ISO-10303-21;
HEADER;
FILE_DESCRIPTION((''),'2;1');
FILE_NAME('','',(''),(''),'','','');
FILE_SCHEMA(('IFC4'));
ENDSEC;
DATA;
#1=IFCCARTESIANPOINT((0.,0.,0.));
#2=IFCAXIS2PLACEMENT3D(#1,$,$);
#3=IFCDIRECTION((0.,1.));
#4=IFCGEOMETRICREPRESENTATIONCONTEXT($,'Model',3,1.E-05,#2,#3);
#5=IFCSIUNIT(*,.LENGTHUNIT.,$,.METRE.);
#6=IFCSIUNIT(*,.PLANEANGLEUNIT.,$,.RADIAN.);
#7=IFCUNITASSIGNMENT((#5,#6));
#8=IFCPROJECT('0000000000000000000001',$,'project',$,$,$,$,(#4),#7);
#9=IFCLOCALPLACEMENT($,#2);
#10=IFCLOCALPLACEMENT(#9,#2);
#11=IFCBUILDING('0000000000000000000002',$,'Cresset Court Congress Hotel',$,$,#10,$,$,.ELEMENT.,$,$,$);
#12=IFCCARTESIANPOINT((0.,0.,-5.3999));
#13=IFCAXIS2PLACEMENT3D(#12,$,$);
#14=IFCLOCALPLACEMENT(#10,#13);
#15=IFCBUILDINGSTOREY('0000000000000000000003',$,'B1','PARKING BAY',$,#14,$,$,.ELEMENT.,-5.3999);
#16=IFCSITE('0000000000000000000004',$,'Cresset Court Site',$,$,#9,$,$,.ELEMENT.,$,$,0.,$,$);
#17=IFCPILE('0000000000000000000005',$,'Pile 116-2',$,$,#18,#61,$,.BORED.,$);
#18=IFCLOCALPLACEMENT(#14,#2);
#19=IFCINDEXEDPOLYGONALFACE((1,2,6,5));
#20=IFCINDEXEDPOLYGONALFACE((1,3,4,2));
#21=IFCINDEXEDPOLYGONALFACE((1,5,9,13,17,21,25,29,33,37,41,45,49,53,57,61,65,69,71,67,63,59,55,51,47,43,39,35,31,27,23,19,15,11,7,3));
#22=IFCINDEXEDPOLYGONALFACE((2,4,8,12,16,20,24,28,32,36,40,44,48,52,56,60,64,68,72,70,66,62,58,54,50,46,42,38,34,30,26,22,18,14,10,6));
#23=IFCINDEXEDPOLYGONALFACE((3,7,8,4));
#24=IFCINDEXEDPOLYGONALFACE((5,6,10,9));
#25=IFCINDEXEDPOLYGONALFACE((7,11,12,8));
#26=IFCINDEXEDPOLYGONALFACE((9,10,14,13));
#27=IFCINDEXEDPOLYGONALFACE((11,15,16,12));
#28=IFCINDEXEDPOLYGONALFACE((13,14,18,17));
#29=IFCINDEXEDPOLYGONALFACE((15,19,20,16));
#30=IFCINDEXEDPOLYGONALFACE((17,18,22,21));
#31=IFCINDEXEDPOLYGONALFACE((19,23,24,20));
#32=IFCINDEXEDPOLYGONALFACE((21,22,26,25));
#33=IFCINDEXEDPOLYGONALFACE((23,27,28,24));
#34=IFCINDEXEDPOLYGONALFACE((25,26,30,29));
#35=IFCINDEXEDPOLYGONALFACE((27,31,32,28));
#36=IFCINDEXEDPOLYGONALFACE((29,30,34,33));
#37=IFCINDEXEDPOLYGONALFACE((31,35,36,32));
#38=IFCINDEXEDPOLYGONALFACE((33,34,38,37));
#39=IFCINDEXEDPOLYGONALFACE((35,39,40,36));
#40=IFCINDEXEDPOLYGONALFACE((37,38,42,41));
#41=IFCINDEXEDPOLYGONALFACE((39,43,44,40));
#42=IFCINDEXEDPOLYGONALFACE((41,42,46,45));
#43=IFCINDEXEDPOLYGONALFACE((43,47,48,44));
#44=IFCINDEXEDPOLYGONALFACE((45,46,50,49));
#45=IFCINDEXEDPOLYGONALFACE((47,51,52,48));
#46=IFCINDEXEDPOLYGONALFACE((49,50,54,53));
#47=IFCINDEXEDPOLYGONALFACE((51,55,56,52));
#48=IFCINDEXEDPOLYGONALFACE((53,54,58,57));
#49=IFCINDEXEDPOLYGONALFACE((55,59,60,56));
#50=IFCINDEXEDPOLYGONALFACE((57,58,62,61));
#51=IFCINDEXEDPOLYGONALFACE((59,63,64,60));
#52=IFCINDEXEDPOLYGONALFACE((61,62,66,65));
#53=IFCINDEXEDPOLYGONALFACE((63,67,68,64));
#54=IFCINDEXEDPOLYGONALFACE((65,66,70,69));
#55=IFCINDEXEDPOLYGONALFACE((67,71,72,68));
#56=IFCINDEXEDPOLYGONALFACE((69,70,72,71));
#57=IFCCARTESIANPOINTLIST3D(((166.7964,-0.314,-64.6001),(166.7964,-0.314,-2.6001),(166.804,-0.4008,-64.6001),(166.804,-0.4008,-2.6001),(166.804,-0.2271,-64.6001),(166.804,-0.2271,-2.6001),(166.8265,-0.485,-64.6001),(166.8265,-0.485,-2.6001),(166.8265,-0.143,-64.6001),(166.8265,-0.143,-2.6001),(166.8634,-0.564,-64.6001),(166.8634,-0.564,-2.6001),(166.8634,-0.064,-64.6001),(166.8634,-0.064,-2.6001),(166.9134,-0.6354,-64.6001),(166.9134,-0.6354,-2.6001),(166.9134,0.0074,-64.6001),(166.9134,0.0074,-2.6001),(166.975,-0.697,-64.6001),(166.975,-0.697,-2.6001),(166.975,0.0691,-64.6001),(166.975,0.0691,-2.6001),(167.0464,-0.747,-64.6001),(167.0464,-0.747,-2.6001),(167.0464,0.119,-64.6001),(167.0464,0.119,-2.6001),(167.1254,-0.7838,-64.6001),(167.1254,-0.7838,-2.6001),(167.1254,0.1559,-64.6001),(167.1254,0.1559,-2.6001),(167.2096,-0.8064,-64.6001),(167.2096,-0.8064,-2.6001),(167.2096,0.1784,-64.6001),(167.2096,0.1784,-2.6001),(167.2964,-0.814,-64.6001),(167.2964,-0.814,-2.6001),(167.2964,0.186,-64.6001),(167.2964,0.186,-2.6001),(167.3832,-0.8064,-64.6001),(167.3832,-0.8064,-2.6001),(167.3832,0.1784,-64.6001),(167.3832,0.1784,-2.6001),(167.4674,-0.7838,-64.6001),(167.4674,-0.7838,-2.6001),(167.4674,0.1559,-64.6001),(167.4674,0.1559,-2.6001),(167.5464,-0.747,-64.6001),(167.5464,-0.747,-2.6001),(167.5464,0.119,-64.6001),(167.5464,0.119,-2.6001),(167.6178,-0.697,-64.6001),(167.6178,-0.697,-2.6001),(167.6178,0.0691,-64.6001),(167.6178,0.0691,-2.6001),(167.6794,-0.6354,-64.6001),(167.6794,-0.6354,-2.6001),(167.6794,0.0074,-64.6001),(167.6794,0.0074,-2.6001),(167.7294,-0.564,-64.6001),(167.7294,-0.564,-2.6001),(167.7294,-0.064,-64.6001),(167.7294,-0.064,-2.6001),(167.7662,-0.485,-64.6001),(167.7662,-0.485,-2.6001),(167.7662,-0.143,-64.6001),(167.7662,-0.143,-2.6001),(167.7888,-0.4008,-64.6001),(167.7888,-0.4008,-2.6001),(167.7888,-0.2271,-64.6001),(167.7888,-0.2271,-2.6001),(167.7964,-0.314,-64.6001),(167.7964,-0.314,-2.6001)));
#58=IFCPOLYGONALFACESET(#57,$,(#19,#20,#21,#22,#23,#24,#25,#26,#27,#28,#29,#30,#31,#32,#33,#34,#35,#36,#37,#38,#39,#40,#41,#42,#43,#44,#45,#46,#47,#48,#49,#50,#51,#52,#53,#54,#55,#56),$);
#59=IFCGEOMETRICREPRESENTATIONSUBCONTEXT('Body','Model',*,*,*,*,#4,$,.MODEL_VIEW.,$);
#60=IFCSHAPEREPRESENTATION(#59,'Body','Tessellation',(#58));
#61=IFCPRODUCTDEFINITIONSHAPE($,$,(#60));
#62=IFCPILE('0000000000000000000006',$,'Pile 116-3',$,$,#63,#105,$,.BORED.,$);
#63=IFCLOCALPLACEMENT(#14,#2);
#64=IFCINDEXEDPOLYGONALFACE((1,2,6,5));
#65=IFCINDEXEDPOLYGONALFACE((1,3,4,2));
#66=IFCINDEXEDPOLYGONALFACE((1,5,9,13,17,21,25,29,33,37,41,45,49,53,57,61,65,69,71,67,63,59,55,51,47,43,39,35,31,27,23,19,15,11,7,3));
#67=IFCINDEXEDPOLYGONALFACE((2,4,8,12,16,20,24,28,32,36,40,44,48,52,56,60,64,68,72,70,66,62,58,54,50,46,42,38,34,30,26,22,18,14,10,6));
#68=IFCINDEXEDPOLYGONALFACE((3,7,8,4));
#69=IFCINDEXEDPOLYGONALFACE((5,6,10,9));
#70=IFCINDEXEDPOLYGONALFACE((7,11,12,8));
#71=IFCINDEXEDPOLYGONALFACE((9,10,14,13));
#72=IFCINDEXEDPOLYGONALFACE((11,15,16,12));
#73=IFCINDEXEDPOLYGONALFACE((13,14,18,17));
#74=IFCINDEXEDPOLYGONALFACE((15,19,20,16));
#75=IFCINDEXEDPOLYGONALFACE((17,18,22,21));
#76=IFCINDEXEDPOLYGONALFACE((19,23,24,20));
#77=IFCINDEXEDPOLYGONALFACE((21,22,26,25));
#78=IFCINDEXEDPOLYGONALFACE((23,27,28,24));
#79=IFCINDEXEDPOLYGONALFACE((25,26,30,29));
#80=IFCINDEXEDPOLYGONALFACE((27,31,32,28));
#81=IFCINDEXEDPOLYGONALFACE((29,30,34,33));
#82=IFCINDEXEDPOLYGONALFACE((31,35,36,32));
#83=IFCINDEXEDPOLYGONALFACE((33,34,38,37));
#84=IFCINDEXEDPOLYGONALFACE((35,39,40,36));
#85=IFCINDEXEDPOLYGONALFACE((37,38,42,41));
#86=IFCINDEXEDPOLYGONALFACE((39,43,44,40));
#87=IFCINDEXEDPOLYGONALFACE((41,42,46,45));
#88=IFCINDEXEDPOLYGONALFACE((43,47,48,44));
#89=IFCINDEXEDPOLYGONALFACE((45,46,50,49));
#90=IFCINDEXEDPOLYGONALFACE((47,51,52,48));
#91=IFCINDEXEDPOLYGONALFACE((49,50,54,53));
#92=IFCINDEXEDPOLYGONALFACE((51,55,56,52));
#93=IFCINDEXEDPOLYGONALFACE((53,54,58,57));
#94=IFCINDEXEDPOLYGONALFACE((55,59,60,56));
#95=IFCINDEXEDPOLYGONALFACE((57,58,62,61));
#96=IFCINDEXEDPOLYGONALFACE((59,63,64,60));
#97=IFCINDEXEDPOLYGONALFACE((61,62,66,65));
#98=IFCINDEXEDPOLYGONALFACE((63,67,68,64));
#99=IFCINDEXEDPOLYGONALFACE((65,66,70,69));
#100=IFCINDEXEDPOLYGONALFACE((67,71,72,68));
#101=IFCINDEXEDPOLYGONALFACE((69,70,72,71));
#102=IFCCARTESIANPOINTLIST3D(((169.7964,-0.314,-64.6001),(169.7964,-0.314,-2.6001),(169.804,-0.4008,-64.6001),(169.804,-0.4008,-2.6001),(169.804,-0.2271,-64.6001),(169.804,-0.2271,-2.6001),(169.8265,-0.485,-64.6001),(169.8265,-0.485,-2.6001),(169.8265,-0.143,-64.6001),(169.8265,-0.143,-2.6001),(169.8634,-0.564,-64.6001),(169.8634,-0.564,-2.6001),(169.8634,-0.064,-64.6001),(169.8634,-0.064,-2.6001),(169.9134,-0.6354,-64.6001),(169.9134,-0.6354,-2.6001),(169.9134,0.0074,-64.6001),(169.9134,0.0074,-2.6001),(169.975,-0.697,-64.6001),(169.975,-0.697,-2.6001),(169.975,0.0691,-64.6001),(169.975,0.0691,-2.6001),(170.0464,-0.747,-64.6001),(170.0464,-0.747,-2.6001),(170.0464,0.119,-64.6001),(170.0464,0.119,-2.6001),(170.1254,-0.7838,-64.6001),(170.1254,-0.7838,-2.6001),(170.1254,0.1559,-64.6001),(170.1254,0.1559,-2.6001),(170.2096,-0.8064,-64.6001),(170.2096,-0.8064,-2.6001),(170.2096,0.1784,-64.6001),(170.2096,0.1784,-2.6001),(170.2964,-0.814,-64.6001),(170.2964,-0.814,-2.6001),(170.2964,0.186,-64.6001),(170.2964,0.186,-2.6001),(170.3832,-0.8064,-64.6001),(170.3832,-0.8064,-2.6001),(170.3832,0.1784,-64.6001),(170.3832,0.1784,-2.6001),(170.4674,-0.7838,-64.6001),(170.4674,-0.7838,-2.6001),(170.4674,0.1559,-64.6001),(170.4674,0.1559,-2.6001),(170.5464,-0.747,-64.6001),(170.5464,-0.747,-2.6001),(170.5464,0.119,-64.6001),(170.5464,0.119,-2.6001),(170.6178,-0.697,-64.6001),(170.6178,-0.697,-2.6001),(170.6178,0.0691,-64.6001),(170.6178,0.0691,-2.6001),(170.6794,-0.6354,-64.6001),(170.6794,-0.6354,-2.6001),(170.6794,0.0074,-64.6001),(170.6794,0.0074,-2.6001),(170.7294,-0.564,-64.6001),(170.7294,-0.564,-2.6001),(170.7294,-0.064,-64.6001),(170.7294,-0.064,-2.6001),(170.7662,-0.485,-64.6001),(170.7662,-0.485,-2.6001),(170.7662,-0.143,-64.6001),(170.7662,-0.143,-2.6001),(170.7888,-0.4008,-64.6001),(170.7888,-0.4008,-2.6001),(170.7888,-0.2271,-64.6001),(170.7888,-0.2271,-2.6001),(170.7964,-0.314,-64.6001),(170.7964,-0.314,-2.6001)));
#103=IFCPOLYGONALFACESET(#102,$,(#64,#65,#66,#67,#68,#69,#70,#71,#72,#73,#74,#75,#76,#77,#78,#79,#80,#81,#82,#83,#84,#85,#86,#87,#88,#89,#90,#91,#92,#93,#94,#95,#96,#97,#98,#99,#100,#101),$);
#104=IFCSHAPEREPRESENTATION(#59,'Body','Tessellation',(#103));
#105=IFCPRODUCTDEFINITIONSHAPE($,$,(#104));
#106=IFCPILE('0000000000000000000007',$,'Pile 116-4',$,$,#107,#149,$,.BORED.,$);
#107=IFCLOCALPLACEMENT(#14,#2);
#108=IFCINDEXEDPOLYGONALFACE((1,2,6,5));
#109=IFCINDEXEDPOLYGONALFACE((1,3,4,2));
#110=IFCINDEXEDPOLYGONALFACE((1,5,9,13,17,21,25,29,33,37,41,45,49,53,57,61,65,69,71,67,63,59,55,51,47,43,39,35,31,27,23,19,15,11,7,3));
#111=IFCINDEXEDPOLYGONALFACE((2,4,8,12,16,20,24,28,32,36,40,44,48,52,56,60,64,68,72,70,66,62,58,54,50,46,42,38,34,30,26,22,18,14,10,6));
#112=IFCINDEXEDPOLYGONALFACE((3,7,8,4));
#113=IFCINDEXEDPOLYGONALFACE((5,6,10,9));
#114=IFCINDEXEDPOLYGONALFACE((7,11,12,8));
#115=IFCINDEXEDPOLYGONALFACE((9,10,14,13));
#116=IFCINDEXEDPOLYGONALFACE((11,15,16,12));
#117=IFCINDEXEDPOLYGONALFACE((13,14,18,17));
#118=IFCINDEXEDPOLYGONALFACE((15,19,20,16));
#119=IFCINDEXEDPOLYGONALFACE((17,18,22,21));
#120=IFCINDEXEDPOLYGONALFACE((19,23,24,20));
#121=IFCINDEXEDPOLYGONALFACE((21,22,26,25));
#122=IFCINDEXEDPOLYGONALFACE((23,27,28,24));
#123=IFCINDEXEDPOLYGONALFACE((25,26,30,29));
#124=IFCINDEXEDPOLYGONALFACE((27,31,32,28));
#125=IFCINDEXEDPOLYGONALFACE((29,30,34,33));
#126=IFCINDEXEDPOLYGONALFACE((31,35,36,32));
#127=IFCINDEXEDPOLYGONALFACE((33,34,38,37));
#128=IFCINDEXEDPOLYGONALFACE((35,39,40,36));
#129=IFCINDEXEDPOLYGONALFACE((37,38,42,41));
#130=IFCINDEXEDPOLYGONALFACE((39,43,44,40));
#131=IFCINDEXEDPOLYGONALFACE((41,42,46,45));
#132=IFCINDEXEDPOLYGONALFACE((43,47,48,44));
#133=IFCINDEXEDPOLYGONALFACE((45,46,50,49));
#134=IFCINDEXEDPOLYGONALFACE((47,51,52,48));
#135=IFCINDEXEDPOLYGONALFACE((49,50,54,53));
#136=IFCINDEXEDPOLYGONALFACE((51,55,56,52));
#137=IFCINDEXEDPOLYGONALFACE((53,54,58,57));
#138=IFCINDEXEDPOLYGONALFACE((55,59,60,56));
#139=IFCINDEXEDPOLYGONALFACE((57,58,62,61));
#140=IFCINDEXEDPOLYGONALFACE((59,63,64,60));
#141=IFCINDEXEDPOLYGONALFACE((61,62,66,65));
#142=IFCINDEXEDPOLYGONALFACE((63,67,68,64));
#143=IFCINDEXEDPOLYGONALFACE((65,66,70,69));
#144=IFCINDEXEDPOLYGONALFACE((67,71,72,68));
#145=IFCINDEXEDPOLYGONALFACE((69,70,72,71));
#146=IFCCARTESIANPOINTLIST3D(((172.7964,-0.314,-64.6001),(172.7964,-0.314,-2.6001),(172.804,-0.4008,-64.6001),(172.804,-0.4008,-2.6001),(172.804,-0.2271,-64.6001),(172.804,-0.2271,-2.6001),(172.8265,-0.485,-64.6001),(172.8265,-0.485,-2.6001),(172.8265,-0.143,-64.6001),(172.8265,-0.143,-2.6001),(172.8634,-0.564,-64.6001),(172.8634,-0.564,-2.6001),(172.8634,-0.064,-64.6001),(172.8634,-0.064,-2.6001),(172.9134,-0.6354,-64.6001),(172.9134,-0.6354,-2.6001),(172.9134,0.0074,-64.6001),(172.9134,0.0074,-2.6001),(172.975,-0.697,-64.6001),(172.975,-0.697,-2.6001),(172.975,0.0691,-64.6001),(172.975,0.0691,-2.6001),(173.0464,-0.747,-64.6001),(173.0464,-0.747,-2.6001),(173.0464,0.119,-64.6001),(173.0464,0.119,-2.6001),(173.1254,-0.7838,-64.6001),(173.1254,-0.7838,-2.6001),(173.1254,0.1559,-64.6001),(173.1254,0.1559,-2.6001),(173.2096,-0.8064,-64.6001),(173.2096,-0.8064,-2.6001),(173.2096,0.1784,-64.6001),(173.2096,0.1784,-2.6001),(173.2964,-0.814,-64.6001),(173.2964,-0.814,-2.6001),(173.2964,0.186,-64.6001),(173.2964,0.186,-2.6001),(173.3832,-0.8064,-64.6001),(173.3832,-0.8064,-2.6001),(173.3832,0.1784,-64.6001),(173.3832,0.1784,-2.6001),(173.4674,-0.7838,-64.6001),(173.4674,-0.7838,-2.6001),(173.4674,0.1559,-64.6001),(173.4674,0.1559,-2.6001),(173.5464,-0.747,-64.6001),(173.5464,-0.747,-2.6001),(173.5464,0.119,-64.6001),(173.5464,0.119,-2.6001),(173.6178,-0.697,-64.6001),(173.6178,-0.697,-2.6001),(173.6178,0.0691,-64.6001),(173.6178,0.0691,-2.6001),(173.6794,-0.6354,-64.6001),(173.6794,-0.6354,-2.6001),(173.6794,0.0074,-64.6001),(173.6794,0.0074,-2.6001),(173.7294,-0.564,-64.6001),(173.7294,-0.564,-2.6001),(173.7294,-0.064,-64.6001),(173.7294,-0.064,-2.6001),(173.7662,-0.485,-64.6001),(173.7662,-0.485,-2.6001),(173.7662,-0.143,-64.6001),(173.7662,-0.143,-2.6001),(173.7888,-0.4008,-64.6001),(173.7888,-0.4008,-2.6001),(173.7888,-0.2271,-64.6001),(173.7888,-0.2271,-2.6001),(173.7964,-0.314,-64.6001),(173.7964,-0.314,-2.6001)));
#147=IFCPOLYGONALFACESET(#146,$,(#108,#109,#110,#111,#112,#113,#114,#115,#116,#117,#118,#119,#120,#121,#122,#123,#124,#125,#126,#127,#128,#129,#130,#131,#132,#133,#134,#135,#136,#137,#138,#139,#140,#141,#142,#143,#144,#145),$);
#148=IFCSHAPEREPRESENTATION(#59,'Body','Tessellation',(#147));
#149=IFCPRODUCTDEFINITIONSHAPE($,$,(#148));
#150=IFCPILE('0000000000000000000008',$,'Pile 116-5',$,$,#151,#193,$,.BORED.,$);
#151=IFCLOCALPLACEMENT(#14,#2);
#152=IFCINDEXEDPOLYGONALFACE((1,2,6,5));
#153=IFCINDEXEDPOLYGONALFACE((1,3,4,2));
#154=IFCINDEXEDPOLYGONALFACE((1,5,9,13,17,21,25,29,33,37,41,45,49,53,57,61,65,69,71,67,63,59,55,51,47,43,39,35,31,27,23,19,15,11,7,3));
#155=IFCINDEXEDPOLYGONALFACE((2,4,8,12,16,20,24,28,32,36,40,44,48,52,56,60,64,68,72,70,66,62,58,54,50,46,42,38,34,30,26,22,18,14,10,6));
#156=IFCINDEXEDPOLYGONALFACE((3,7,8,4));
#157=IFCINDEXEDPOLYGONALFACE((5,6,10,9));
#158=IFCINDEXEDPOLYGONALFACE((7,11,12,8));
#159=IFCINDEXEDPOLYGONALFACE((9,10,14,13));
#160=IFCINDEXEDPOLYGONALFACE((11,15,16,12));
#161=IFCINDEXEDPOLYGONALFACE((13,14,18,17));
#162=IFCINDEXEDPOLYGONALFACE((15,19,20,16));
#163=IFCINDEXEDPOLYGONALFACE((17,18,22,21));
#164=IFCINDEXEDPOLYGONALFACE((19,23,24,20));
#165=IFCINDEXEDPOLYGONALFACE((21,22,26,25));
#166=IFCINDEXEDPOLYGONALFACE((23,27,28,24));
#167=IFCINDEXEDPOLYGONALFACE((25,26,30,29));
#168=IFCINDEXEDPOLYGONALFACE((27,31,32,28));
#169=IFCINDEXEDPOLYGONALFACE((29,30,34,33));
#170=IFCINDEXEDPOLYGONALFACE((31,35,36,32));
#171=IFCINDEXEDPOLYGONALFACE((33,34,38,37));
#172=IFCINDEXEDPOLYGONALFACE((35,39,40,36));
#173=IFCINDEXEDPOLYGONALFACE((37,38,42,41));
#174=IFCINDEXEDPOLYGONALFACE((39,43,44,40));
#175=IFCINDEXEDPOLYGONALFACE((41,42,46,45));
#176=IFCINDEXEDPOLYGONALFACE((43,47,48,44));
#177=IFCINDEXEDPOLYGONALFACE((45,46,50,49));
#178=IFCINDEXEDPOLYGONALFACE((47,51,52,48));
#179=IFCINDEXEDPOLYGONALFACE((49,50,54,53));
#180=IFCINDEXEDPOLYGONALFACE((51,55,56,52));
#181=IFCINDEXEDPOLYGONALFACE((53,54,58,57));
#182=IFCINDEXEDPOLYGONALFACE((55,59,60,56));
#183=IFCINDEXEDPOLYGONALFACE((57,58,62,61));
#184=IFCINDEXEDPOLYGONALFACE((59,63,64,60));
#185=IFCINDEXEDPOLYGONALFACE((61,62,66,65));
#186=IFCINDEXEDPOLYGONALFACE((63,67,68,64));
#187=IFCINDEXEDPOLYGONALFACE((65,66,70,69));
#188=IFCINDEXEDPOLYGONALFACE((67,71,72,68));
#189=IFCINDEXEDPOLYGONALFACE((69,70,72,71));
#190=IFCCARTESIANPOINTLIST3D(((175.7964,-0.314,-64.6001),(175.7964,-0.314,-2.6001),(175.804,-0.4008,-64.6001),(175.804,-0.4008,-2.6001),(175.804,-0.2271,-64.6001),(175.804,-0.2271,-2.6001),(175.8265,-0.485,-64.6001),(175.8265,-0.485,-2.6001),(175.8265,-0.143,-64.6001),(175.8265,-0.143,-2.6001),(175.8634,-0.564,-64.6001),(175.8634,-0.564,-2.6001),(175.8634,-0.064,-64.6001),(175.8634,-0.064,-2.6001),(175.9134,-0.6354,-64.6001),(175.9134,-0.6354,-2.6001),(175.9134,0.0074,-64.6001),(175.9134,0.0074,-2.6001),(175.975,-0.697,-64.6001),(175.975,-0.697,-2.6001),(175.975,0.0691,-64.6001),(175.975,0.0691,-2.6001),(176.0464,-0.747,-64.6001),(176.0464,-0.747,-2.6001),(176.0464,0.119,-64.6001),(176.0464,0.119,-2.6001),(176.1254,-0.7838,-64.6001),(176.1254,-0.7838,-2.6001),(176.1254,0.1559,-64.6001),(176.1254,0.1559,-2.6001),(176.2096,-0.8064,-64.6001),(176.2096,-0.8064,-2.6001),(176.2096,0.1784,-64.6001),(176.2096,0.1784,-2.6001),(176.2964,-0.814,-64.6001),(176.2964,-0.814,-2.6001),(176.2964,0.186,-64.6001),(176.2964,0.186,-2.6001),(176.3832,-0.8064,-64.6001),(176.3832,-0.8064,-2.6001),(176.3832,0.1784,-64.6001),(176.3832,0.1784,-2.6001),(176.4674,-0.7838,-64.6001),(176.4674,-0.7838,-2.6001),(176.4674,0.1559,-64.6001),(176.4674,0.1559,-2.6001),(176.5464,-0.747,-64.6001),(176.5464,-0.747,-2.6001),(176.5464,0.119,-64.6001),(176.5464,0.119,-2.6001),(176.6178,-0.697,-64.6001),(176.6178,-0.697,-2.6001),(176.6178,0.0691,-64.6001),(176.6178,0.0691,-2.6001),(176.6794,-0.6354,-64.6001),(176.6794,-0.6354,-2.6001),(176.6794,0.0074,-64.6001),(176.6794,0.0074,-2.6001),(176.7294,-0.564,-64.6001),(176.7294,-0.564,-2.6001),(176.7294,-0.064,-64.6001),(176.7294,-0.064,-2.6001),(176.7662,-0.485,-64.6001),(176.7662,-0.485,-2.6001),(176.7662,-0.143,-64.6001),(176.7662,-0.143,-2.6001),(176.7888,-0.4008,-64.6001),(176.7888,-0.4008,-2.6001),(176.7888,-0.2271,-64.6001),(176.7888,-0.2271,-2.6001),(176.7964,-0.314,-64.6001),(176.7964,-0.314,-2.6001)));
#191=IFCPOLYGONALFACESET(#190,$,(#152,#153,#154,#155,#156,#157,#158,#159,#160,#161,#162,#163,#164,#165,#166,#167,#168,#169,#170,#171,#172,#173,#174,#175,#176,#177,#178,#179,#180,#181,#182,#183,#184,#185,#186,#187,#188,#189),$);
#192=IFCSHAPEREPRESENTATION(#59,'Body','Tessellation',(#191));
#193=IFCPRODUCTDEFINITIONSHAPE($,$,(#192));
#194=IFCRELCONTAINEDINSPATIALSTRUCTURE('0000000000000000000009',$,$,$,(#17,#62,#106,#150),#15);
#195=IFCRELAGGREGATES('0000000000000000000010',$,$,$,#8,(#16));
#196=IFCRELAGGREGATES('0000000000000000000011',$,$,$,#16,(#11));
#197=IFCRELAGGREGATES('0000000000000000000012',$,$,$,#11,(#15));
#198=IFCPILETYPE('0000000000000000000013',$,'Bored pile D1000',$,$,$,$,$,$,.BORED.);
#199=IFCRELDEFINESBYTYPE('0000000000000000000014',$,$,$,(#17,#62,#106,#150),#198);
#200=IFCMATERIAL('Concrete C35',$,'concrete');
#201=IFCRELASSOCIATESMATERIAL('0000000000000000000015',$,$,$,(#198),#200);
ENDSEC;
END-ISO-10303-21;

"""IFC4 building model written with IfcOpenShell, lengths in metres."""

from ifc_helpers import new_model, si_unit, direction, frame, origin, origin_2d, place, context, subcontext, project, spatial, circle, extrude, material, type_object, element, save


model = new_model("IFC4")

# Units and contexts
model_context = context("Model", 3, precision=1e-05, world=origin(), true_north=direction((0.0, 1.0)))
body_context = subcontext(model_context, "Body", "Model", "MODEL_VIEW")
ifc_project = project(units=[si_unit("LENGTHUNIT", "METRE"), si_unit("PLANEANGLEUNIT", "RADIAN")], contexts=[model_context])

# Site, building, storey
site_placement = place(None, origin())
site = spatial("IfcSite", under=ifc_project, at=site_placement, Name="Cresset Court Site", CompositionType="ELEMENT", RefElevation=0.0)
building_placement = place(site_placement, origin())
building = spatial("IfcBuilding", under=site, at=building_placement, Name="Cresset Court Congress Hotel", CompositionType="ELEMENT")
storey_placement = place(building_placement, frame((0.0, 0.0, -5.3999)))
storey = spatial("IfcBuildingStorey", under=building, at=storey_placement, Name="B1", Description="PARKING BAY", CompositionType="ELEMENT", Elevation=-5.3999)

# Piles
ifc_material_1 = material(Name="Concrete C35", Category="concrete")
pile_type = type_object("IfcPileType", Name="Bored pile D1000", PredefinedType="BORED", material=ifc_material_1)
for number, where, z_axis, x_axis, name in (
    (1, (167.2964, -0.314, -2.6001), (0.0, 0.0, -1.0), (1.0, 0.0, 0.0), "Pile 116-2"),
    (2, (170.2964, -0.314, -2.6001), (0.0, 0.0, -1.0), (1.0, 0.0, 0.0), "Pile 116-3"),
    (3, (173.2964, -0.314, -2.6001), (0.0, 0.0, -1.0), (1.0, 0.0, 0.0), "Pile 116-4"),
    (4, (176.2964, -0.314, -2.6001), (0.0, 0.0, -1.0), (1.0, 0.0, 0.0), "Pile 116-5"),
):
    element("IfcPile", number, at=place(storey_placement, frame(where, z_axis=z_axis, x_axis=x_axis)), inside=storey, type_object=pile_type, Name=name, PredefinedType="BORED", context=body_context, shape_type="SweptSolid", body=[
        extrude(circle(Radius=0.5, at=origin_2d()), origin(), (0.0, 0.0, 1.0), 62.0),
    ])

save(model, "model.ifc")
